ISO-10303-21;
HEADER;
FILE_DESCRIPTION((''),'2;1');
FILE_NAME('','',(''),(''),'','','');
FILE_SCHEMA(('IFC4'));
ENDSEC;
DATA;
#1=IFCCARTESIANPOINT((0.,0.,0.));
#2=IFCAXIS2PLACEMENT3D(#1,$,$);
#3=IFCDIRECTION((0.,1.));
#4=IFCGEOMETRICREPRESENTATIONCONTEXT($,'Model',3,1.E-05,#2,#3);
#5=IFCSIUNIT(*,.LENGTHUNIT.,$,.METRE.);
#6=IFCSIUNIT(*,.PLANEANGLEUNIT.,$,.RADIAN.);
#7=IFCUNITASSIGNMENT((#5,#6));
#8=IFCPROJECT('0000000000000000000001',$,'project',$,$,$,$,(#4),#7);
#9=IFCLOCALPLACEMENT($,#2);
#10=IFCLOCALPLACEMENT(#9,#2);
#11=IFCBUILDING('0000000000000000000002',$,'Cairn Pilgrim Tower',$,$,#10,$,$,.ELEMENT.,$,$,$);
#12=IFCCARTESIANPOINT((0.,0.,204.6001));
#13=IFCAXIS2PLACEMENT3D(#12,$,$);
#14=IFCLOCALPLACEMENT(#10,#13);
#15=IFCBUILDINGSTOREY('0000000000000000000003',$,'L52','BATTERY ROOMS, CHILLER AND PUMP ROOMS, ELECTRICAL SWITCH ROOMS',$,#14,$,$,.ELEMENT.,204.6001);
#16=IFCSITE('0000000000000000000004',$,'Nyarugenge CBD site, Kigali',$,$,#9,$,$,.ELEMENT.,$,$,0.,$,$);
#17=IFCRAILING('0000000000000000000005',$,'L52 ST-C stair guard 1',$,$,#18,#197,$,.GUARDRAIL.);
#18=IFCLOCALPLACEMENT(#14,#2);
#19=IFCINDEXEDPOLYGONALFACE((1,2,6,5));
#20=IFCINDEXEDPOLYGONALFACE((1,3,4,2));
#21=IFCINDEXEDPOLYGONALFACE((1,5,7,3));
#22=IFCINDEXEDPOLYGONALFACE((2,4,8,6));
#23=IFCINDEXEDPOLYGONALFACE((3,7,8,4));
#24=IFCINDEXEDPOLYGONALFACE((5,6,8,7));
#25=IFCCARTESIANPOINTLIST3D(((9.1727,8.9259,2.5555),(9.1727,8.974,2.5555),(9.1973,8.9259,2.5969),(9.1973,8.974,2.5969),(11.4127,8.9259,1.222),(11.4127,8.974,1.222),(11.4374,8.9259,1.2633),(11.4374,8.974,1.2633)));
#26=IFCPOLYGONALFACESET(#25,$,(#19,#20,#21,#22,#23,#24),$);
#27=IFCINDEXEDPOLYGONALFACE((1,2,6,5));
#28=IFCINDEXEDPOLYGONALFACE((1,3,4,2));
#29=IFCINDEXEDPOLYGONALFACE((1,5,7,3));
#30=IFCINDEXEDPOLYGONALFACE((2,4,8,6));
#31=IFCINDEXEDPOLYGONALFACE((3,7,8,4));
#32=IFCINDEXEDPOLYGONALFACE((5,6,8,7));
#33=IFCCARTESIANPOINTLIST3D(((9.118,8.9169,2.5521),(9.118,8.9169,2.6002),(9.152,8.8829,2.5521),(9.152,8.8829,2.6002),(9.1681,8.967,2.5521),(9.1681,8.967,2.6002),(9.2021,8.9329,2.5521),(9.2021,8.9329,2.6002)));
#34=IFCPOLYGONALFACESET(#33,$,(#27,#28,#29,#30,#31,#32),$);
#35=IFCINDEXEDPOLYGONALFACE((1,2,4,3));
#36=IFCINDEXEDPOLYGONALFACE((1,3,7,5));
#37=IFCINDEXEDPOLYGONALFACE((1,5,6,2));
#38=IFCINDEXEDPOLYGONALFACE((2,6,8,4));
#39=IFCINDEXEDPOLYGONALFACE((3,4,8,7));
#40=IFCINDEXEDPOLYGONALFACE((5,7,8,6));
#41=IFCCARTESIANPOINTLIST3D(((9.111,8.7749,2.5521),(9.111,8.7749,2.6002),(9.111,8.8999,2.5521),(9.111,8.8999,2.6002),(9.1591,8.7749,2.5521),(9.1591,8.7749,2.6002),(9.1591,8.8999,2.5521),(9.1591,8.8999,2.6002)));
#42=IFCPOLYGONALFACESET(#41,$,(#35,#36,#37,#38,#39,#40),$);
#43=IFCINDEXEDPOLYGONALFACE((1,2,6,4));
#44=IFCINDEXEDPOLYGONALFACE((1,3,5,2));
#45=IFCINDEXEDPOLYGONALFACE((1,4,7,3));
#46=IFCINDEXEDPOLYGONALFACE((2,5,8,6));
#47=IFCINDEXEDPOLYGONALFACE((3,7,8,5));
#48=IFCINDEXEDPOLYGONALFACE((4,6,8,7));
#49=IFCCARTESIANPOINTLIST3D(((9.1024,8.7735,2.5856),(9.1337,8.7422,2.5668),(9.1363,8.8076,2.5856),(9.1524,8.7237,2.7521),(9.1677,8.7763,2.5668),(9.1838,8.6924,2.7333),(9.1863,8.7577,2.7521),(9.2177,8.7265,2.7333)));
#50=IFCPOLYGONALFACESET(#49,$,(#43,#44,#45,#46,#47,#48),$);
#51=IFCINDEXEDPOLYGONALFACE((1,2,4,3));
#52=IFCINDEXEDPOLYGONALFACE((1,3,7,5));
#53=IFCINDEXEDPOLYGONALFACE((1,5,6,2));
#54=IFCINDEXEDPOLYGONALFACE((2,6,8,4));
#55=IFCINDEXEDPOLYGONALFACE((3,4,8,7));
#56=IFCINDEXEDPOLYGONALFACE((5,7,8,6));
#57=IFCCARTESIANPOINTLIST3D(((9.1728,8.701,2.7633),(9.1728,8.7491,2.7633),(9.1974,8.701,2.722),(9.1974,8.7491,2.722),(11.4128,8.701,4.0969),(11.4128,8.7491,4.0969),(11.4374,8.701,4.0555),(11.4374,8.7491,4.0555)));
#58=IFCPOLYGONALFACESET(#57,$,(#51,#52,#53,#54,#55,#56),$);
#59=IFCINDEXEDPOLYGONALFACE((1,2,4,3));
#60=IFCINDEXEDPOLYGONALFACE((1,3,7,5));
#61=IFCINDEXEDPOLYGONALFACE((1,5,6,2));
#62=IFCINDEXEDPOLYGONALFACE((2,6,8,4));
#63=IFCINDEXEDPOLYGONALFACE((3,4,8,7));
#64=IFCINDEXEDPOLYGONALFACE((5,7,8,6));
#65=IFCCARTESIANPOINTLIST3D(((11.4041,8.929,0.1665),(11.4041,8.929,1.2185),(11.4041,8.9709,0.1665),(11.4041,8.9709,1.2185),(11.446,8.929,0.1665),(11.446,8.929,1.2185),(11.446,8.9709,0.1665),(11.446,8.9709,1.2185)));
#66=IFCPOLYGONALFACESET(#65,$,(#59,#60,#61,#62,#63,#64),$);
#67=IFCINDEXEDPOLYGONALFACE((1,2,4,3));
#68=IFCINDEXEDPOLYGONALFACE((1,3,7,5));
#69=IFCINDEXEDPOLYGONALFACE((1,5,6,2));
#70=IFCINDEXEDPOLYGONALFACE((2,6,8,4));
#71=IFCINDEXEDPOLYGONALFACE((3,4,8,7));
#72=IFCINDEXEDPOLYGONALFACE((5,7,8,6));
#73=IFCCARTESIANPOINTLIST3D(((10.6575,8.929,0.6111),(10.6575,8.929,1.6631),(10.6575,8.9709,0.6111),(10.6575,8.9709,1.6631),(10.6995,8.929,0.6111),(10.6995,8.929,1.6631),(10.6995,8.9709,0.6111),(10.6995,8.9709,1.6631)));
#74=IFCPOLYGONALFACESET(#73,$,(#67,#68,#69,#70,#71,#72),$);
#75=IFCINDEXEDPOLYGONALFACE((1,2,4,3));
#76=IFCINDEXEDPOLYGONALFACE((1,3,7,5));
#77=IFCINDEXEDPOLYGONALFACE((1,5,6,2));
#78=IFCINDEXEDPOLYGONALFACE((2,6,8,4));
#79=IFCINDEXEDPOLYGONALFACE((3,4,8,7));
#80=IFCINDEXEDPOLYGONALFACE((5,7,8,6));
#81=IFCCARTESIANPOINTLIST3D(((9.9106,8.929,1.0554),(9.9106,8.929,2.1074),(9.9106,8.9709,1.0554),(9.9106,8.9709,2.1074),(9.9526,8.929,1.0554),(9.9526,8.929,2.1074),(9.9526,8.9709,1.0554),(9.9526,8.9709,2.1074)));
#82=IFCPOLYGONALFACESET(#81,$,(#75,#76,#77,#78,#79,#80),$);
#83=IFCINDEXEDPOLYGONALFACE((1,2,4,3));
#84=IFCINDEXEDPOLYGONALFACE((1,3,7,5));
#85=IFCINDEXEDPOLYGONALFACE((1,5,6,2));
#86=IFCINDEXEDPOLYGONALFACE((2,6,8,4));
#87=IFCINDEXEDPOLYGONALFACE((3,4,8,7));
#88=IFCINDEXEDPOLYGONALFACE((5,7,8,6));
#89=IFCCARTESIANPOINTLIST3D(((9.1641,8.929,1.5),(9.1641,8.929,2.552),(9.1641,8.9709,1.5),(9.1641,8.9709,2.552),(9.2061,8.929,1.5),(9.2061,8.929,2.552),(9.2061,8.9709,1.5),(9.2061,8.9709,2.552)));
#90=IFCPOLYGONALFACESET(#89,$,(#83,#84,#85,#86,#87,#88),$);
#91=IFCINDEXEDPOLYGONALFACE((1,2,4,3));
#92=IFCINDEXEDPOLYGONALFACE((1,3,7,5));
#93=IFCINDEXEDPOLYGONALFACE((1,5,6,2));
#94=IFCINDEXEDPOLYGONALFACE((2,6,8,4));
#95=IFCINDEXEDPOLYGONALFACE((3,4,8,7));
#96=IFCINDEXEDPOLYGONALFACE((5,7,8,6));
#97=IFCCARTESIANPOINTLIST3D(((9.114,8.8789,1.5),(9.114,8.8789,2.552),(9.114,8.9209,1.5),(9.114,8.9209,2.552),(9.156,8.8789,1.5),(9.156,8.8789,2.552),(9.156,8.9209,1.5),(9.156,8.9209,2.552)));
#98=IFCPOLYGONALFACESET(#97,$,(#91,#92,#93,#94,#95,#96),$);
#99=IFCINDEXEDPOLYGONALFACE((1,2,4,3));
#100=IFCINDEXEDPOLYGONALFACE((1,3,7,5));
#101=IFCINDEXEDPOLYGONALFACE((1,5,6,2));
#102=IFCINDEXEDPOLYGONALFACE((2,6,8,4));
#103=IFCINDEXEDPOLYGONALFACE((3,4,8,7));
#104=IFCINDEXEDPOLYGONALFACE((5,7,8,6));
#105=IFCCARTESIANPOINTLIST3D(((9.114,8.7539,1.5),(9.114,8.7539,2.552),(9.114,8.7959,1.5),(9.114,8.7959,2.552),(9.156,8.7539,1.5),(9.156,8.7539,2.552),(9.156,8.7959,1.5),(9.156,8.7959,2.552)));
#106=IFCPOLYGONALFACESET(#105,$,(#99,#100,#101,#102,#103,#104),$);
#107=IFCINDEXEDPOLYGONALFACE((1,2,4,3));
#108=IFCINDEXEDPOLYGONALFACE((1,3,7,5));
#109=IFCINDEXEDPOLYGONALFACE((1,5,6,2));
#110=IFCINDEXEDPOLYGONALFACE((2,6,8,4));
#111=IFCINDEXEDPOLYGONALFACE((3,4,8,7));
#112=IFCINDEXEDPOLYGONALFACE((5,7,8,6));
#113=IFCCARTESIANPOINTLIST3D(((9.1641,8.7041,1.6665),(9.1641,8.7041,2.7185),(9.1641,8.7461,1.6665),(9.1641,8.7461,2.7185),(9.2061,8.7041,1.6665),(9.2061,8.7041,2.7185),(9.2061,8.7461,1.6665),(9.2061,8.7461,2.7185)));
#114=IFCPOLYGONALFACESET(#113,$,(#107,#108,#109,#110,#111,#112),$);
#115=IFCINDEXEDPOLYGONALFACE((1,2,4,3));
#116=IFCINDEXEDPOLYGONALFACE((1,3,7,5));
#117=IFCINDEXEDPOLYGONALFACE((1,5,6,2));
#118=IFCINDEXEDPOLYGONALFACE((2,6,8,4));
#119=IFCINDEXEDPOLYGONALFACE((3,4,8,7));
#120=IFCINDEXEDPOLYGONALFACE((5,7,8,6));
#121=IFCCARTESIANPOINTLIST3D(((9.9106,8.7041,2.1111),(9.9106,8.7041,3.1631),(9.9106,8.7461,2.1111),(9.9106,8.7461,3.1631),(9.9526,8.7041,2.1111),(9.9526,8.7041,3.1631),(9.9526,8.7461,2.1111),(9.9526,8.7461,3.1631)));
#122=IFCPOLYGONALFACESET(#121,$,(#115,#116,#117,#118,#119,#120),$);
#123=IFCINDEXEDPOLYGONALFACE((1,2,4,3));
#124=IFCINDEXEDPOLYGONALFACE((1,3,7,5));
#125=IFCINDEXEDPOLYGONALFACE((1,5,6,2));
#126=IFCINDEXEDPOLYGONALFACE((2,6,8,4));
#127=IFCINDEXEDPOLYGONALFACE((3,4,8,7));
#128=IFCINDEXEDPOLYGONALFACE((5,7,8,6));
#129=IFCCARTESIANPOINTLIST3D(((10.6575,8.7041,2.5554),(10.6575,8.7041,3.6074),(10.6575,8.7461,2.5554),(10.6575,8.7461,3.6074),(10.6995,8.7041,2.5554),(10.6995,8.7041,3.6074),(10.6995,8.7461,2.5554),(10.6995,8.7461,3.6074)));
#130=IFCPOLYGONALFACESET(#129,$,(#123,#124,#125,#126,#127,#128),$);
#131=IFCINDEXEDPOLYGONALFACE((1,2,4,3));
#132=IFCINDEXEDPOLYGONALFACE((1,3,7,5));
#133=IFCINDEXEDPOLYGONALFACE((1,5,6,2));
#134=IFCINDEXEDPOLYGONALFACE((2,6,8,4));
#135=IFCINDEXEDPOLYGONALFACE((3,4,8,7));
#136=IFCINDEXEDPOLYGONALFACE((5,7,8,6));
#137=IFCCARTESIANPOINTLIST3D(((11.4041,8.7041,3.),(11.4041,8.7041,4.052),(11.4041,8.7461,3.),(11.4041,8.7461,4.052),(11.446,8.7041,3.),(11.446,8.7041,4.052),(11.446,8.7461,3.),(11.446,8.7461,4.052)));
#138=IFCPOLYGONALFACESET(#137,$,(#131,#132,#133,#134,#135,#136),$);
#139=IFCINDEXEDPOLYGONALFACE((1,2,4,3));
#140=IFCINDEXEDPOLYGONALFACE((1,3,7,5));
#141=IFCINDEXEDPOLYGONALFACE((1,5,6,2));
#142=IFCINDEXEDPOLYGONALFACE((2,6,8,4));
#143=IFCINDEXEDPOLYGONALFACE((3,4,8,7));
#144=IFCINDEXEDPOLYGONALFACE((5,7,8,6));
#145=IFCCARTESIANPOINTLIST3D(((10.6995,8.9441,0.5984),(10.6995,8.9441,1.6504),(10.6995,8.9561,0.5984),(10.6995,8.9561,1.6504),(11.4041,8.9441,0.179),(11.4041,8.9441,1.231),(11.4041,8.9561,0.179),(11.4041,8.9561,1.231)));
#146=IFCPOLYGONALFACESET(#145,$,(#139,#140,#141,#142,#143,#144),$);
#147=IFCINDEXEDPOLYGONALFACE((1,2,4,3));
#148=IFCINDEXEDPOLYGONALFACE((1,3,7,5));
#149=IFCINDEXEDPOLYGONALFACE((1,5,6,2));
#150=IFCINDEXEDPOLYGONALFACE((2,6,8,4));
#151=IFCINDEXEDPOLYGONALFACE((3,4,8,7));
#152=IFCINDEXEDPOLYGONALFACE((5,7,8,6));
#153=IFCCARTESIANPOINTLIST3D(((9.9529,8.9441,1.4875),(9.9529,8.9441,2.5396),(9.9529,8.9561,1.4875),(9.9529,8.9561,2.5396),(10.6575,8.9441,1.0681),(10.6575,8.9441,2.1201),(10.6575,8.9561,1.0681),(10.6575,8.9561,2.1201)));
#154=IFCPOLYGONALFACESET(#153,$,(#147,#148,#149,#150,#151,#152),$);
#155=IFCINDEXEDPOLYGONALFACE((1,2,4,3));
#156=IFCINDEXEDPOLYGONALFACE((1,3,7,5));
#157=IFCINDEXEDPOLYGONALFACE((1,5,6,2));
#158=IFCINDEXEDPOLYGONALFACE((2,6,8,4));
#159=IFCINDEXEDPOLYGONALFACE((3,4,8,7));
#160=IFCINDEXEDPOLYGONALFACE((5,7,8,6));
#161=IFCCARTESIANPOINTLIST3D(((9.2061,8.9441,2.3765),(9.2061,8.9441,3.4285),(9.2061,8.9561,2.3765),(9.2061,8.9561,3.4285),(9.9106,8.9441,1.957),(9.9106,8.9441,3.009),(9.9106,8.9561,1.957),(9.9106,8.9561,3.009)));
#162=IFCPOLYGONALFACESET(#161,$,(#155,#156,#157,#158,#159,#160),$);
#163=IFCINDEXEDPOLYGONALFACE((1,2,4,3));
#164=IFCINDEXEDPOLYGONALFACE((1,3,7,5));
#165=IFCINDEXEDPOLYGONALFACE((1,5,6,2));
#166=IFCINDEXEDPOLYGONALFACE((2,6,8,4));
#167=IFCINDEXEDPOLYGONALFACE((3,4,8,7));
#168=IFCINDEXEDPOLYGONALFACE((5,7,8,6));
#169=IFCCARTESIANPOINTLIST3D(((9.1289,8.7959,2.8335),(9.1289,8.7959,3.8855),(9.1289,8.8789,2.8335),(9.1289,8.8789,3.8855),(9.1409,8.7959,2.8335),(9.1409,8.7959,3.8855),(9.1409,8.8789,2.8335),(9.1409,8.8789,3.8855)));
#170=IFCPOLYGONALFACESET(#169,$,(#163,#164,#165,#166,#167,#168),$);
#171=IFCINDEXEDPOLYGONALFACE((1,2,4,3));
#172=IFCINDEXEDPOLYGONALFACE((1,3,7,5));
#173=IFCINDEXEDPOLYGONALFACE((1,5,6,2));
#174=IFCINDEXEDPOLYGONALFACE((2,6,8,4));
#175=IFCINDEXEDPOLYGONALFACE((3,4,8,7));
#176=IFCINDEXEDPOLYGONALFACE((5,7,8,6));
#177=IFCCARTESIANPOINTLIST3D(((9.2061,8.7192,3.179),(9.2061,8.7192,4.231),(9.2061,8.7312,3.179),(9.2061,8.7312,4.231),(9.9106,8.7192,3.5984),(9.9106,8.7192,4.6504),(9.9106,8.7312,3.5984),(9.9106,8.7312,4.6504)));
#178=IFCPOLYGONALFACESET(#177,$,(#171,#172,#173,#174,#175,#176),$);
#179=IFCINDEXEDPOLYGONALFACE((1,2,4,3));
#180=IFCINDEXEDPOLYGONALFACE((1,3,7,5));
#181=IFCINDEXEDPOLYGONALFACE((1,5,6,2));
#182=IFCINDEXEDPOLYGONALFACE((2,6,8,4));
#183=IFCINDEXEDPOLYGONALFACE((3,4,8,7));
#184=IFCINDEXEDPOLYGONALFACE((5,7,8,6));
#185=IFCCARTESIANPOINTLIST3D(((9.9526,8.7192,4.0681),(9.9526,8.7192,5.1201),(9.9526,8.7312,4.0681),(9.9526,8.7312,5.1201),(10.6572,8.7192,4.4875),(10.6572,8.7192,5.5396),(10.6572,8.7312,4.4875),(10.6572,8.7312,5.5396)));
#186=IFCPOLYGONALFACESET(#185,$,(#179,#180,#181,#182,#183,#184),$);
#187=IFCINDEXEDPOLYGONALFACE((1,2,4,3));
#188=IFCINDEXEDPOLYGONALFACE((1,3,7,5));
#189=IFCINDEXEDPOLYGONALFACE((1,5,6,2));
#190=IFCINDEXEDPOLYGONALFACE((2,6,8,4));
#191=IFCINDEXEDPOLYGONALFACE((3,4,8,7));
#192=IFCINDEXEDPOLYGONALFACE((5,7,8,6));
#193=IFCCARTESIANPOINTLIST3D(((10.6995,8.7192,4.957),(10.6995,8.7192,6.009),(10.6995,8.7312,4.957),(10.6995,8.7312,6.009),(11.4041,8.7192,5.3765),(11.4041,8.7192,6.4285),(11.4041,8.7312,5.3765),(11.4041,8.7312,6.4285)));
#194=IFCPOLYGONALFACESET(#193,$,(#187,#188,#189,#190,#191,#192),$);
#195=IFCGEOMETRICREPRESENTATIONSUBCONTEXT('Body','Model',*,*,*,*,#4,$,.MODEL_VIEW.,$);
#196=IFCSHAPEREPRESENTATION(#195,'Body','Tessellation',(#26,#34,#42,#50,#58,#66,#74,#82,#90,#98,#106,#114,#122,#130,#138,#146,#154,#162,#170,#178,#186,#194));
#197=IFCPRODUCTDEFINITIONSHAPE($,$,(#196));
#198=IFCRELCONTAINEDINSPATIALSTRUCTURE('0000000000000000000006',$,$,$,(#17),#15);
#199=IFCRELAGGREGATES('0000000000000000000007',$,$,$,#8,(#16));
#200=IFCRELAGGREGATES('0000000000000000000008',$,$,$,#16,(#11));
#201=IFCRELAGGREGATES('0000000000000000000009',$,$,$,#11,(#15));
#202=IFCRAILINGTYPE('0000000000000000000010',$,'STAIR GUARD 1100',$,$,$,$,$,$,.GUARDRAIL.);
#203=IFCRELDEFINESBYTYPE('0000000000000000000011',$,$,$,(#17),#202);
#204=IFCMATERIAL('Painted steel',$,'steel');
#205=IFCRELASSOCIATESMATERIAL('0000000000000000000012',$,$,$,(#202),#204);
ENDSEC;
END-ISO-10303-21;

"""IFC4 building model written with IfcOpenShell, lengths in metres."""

from ifc_helpers import new_model, si_unit, direction, frame, origin, origin_2d, place, context, subcontext, project, spatial, polyline, rectangle, outline, extrude, material, type_object, element, save


model = new_model("IFC4")

# Units and contexts
model_context = context("Model", 3, precision=1e-05, world=origin(), true_north=direction((0.0, 1.0)))
body_context = subcontext(model_context, "Body", "Model", "MODEL_VIEW")
ifc_project = project(units=[si_unit("LENGTHUNIT", "METRE"), si_unit("PLANEANGLEUNIT", "RADIAN")], contexts=[model_context])

# Site, building, storey
site_placement = place(None, origin())
site = spatial("IfcSite", under=ifc_project, at=site_placement, Name="Nyarugenge CBD site, Kigali", CompositionType="ELEMENT", RefElevation=0.0)
building_placement = place(site_placement, origin())
building = spatial("IfcBuilding", under=site, at=building_placement, Name="Cairn Pilgrim Tower", CompositionType="ELEMENT")
storey_placement = place(building_placement, frame((0.0, 0.0, 204.6001)))
storey = spatial("IfcBuildingStorey", under=building, at=storey_placement, Name="L52", Description="BATTERY ROOMS, CHILLER AND PUMP ROOMS, ELECTRICAL SWITCH ROOMS", CompositionType="ELEMENT", Elevation=204.6001)

# Railing
ifc_material_1 = material(Name="Painted steel", Category="steel")
railing_type_1 = type_object("IfcRailingType", Name="STAIR GUARD 1100", PredefinedType="GUARDRAIL", material=ifc_material_1)
railing_1_placement = place(storey_placement, frame((11.425, 8.95, 0.1665)))
element("IfcRailing", 1, at=railing_1_placement, inside=storey, type_object=railing_type_1, Name="L52 ST-C stair guard 1", PredefinedType="GUARDRAIL", context=body_context, shape_type="SweptSolid", body=[
    extrude(rectangle(XDim=0.0481, YDim=0.0481, at=origin_2d()), frame((0.0, 0.0, 1.0762), z_axis=(-0.859264, 0.0, 0.511532), x_axis=(0.0, -1.0, 0.0)), (0.0, 0.0, 1.0), 2.6069),
    extrude(rectangle(XDim=0.0481, YDim=0.0481, at=origin_2d()), frame((-2.24, 0.0, 2.4097), z_axis=(-0.707107, -0.707107, 0.0), x_axis=(0.707107, -0.707107, 0.0)), (0.0, 0.0, 1.0), 0.0708),
    extrude(rectangle(XDim=0.0481, YDim=0.0481, at=origin_2d()), frame((-2.29, -0.05, 2.4097), z_axis=(0.0, -1.0, 0.0), x_axis=(1.0, 0.0, 0.0)), (0.0, 0.0, 1.0), 0.125),
    extrude(rectangle(XDim=0.0481, YDim=0.0481, at=origin_2d()), frame((-2.29, -0.175, 2.4097), z_axis=(0.276733, -0.275383, 0.920643), x_axis=(0.705376, 0.708834, 0.0)), (0.0, 0.0, 1.0), 0.1809),
    extrude(rectangle(XDim=0.0481, YDim=0.0481, at=origin_2d()), frame((-2.24, -0.2249, 2.5762), z_axis=(0.859264, 0.0, 0.511532), x_axis=(0.0, 1.0, 0.0)), (0.0, 0.0, 1.0), 2.6069),
    extrude(rectangle(XDim=0.042, YDim=0.042, at=origin_2d()), origin(), (0.0, 0.0, 1.0), 1.052),
    extrude(rectangle(XDim=0.042, YDim=0.042, at=origin_2d()), frame((-0.7466, 0.0, 0.4446)), (0.0, 0.0, 1.0), 1.052),
    extrude(rectangle(XDim=0.042, YDim=0.042, at=origin_2d()), frame((-1.4934, 0.0, 0.8889)), (0.0, 0.0, 1.0), 1.052),
    extrude(rectangle(XDim=0.042, YDim=0.042, at=origin_2d()), frame((-2.24, 0.0, 1.3335)), (0.0, 0.0, 1.0), 1.052),
    extrude(rectangle(XDim=0.042, YDim=0.042, at=origin_2d()), frame((-2.29, -0.05, 1.3335)), (0.0, 0.0, 1.0), 1.052),
    extrude(rectangle(XDim=0.042, YDim=0.042, at=origin_2d()), frame((-2.29, -0.175, 1.3335)), (0.0, 0.0, 1.0), 1.052),
    extrude(rectangle(XDim=0.042, YDim=0.042, at=origin_2d()), frame((-2.24, -0.2249, 1.5)), (0.0, 0.0, 1.0), 1.052),
    extrude(rectangle(XDim=0.042, YDim=0.042, at=origin_2d()), frame((-1.4934, -0.2249, 1.9446)), (0.0, 0.0, 1.0), 1.052),
    extrude(rectangle(XDim=0.042, YDim=0.042, at=origin_2d()), frame((-0.7466, -0.2249, 2.3889)), (0.0, 0.0, 1.0), 1.052),
    extrude(rectangle(XDim=0.042, YDim=0.042, at=origin_2d()), frame((0.0, -0.2249, 2.8335)), (0.0, 0.0, 1.0), 1.052),
    extrude(outline(polyline([(0.021, 0.0125), (0.7256, 0.4319), (0.7256, 1.4839), (0.021, 1.0645), (0.021, 0.0125)])), frame((0.0, -0.0059, 0.0), z_axis=(0.0, 1.0, 0.0), x_axis=(-1.0, 0.0, 0.0)), (0.0, 0.0, 1.0), 0.012),
    extrude(outline(polyline([(0.021, 0.457), (0.7256, 0.8765), (0.7256, 1.9285), (0.021, 1.509), (0.021, 0.457)])), frame((-0.7466, -0.0059, 0.4446), z_axis=(0.0, 1.0, 0.0), x_axis=(-1.0, 0.0, 0.0)), (0.0, 0.0, 1.0), 0.012),
    extrude(outline(polyline([(0.021, 0.9016), (0.7256, 1.321), (0.7256, 2.373), (0.021, 1.9536), (0.021, 0.9016)])), frame((-1.4934, -0.0059, 0.8889), z_axis=(0.0, 1.0, 0.0), x_axis=(-1.0, 0.0, 0.0)), (0.0, 0.0, 1.0), 0.012),
    extrude(outline(polyline([(0.021, 1.3335), (0.104, 1.3335), (0.104, 2.3855), (0.021, 2.3855), (0.021, 1.3335)])), frame((-2.2842, -0.05, 1.3335), z_axis=(-1.0, 0.0, 0.0), x_axis=(0.0, -1.0, 0.0)), (0.0, 0.0, 1.0), 0.012),
    extrude(outline(polyline([(0.021, 1.5125), (0.7256, 1.9319), (0.7256, 2.9839), (0.021, 2.5645), (0.021, 1.5125)])), frame((-2.24, -0.2188, 1.5), z_axis=(0.0, -1.0, 0.0), x_axis=(1.0, 0.0, 0.0)), (0.0, 0.0, 1.0), 0.012),
    extrude(outline(polyline([(0.021, 1.957), (0.7256, 2.3765), (0.7256, 3.4285), (0.021, 3.009), (0.021, 1.957)])), frame((-1.4934, -0.2188, 1.9446), z_axis=(0.0, -1.0, 0.0), x_axis=(1.0, 0.0, 0.0)), (0.0, 0.0, 1.0), 0.012),
    extrude(outline(polyline([(0.021, 2.4016), (0.7256, 2.821), (0.7256, 3.873), (0.021, 3.4536), (0.021, 2.4016)])), frame((-0.7466, -0.2188, 2.3889), z_axis=(0.0, -1.0, 0.0), x_axis=(1.0, 0.0, 0.0)), (0.0, 0.0, 1.0), 0.012),
])

save(model, "model.ifc")
